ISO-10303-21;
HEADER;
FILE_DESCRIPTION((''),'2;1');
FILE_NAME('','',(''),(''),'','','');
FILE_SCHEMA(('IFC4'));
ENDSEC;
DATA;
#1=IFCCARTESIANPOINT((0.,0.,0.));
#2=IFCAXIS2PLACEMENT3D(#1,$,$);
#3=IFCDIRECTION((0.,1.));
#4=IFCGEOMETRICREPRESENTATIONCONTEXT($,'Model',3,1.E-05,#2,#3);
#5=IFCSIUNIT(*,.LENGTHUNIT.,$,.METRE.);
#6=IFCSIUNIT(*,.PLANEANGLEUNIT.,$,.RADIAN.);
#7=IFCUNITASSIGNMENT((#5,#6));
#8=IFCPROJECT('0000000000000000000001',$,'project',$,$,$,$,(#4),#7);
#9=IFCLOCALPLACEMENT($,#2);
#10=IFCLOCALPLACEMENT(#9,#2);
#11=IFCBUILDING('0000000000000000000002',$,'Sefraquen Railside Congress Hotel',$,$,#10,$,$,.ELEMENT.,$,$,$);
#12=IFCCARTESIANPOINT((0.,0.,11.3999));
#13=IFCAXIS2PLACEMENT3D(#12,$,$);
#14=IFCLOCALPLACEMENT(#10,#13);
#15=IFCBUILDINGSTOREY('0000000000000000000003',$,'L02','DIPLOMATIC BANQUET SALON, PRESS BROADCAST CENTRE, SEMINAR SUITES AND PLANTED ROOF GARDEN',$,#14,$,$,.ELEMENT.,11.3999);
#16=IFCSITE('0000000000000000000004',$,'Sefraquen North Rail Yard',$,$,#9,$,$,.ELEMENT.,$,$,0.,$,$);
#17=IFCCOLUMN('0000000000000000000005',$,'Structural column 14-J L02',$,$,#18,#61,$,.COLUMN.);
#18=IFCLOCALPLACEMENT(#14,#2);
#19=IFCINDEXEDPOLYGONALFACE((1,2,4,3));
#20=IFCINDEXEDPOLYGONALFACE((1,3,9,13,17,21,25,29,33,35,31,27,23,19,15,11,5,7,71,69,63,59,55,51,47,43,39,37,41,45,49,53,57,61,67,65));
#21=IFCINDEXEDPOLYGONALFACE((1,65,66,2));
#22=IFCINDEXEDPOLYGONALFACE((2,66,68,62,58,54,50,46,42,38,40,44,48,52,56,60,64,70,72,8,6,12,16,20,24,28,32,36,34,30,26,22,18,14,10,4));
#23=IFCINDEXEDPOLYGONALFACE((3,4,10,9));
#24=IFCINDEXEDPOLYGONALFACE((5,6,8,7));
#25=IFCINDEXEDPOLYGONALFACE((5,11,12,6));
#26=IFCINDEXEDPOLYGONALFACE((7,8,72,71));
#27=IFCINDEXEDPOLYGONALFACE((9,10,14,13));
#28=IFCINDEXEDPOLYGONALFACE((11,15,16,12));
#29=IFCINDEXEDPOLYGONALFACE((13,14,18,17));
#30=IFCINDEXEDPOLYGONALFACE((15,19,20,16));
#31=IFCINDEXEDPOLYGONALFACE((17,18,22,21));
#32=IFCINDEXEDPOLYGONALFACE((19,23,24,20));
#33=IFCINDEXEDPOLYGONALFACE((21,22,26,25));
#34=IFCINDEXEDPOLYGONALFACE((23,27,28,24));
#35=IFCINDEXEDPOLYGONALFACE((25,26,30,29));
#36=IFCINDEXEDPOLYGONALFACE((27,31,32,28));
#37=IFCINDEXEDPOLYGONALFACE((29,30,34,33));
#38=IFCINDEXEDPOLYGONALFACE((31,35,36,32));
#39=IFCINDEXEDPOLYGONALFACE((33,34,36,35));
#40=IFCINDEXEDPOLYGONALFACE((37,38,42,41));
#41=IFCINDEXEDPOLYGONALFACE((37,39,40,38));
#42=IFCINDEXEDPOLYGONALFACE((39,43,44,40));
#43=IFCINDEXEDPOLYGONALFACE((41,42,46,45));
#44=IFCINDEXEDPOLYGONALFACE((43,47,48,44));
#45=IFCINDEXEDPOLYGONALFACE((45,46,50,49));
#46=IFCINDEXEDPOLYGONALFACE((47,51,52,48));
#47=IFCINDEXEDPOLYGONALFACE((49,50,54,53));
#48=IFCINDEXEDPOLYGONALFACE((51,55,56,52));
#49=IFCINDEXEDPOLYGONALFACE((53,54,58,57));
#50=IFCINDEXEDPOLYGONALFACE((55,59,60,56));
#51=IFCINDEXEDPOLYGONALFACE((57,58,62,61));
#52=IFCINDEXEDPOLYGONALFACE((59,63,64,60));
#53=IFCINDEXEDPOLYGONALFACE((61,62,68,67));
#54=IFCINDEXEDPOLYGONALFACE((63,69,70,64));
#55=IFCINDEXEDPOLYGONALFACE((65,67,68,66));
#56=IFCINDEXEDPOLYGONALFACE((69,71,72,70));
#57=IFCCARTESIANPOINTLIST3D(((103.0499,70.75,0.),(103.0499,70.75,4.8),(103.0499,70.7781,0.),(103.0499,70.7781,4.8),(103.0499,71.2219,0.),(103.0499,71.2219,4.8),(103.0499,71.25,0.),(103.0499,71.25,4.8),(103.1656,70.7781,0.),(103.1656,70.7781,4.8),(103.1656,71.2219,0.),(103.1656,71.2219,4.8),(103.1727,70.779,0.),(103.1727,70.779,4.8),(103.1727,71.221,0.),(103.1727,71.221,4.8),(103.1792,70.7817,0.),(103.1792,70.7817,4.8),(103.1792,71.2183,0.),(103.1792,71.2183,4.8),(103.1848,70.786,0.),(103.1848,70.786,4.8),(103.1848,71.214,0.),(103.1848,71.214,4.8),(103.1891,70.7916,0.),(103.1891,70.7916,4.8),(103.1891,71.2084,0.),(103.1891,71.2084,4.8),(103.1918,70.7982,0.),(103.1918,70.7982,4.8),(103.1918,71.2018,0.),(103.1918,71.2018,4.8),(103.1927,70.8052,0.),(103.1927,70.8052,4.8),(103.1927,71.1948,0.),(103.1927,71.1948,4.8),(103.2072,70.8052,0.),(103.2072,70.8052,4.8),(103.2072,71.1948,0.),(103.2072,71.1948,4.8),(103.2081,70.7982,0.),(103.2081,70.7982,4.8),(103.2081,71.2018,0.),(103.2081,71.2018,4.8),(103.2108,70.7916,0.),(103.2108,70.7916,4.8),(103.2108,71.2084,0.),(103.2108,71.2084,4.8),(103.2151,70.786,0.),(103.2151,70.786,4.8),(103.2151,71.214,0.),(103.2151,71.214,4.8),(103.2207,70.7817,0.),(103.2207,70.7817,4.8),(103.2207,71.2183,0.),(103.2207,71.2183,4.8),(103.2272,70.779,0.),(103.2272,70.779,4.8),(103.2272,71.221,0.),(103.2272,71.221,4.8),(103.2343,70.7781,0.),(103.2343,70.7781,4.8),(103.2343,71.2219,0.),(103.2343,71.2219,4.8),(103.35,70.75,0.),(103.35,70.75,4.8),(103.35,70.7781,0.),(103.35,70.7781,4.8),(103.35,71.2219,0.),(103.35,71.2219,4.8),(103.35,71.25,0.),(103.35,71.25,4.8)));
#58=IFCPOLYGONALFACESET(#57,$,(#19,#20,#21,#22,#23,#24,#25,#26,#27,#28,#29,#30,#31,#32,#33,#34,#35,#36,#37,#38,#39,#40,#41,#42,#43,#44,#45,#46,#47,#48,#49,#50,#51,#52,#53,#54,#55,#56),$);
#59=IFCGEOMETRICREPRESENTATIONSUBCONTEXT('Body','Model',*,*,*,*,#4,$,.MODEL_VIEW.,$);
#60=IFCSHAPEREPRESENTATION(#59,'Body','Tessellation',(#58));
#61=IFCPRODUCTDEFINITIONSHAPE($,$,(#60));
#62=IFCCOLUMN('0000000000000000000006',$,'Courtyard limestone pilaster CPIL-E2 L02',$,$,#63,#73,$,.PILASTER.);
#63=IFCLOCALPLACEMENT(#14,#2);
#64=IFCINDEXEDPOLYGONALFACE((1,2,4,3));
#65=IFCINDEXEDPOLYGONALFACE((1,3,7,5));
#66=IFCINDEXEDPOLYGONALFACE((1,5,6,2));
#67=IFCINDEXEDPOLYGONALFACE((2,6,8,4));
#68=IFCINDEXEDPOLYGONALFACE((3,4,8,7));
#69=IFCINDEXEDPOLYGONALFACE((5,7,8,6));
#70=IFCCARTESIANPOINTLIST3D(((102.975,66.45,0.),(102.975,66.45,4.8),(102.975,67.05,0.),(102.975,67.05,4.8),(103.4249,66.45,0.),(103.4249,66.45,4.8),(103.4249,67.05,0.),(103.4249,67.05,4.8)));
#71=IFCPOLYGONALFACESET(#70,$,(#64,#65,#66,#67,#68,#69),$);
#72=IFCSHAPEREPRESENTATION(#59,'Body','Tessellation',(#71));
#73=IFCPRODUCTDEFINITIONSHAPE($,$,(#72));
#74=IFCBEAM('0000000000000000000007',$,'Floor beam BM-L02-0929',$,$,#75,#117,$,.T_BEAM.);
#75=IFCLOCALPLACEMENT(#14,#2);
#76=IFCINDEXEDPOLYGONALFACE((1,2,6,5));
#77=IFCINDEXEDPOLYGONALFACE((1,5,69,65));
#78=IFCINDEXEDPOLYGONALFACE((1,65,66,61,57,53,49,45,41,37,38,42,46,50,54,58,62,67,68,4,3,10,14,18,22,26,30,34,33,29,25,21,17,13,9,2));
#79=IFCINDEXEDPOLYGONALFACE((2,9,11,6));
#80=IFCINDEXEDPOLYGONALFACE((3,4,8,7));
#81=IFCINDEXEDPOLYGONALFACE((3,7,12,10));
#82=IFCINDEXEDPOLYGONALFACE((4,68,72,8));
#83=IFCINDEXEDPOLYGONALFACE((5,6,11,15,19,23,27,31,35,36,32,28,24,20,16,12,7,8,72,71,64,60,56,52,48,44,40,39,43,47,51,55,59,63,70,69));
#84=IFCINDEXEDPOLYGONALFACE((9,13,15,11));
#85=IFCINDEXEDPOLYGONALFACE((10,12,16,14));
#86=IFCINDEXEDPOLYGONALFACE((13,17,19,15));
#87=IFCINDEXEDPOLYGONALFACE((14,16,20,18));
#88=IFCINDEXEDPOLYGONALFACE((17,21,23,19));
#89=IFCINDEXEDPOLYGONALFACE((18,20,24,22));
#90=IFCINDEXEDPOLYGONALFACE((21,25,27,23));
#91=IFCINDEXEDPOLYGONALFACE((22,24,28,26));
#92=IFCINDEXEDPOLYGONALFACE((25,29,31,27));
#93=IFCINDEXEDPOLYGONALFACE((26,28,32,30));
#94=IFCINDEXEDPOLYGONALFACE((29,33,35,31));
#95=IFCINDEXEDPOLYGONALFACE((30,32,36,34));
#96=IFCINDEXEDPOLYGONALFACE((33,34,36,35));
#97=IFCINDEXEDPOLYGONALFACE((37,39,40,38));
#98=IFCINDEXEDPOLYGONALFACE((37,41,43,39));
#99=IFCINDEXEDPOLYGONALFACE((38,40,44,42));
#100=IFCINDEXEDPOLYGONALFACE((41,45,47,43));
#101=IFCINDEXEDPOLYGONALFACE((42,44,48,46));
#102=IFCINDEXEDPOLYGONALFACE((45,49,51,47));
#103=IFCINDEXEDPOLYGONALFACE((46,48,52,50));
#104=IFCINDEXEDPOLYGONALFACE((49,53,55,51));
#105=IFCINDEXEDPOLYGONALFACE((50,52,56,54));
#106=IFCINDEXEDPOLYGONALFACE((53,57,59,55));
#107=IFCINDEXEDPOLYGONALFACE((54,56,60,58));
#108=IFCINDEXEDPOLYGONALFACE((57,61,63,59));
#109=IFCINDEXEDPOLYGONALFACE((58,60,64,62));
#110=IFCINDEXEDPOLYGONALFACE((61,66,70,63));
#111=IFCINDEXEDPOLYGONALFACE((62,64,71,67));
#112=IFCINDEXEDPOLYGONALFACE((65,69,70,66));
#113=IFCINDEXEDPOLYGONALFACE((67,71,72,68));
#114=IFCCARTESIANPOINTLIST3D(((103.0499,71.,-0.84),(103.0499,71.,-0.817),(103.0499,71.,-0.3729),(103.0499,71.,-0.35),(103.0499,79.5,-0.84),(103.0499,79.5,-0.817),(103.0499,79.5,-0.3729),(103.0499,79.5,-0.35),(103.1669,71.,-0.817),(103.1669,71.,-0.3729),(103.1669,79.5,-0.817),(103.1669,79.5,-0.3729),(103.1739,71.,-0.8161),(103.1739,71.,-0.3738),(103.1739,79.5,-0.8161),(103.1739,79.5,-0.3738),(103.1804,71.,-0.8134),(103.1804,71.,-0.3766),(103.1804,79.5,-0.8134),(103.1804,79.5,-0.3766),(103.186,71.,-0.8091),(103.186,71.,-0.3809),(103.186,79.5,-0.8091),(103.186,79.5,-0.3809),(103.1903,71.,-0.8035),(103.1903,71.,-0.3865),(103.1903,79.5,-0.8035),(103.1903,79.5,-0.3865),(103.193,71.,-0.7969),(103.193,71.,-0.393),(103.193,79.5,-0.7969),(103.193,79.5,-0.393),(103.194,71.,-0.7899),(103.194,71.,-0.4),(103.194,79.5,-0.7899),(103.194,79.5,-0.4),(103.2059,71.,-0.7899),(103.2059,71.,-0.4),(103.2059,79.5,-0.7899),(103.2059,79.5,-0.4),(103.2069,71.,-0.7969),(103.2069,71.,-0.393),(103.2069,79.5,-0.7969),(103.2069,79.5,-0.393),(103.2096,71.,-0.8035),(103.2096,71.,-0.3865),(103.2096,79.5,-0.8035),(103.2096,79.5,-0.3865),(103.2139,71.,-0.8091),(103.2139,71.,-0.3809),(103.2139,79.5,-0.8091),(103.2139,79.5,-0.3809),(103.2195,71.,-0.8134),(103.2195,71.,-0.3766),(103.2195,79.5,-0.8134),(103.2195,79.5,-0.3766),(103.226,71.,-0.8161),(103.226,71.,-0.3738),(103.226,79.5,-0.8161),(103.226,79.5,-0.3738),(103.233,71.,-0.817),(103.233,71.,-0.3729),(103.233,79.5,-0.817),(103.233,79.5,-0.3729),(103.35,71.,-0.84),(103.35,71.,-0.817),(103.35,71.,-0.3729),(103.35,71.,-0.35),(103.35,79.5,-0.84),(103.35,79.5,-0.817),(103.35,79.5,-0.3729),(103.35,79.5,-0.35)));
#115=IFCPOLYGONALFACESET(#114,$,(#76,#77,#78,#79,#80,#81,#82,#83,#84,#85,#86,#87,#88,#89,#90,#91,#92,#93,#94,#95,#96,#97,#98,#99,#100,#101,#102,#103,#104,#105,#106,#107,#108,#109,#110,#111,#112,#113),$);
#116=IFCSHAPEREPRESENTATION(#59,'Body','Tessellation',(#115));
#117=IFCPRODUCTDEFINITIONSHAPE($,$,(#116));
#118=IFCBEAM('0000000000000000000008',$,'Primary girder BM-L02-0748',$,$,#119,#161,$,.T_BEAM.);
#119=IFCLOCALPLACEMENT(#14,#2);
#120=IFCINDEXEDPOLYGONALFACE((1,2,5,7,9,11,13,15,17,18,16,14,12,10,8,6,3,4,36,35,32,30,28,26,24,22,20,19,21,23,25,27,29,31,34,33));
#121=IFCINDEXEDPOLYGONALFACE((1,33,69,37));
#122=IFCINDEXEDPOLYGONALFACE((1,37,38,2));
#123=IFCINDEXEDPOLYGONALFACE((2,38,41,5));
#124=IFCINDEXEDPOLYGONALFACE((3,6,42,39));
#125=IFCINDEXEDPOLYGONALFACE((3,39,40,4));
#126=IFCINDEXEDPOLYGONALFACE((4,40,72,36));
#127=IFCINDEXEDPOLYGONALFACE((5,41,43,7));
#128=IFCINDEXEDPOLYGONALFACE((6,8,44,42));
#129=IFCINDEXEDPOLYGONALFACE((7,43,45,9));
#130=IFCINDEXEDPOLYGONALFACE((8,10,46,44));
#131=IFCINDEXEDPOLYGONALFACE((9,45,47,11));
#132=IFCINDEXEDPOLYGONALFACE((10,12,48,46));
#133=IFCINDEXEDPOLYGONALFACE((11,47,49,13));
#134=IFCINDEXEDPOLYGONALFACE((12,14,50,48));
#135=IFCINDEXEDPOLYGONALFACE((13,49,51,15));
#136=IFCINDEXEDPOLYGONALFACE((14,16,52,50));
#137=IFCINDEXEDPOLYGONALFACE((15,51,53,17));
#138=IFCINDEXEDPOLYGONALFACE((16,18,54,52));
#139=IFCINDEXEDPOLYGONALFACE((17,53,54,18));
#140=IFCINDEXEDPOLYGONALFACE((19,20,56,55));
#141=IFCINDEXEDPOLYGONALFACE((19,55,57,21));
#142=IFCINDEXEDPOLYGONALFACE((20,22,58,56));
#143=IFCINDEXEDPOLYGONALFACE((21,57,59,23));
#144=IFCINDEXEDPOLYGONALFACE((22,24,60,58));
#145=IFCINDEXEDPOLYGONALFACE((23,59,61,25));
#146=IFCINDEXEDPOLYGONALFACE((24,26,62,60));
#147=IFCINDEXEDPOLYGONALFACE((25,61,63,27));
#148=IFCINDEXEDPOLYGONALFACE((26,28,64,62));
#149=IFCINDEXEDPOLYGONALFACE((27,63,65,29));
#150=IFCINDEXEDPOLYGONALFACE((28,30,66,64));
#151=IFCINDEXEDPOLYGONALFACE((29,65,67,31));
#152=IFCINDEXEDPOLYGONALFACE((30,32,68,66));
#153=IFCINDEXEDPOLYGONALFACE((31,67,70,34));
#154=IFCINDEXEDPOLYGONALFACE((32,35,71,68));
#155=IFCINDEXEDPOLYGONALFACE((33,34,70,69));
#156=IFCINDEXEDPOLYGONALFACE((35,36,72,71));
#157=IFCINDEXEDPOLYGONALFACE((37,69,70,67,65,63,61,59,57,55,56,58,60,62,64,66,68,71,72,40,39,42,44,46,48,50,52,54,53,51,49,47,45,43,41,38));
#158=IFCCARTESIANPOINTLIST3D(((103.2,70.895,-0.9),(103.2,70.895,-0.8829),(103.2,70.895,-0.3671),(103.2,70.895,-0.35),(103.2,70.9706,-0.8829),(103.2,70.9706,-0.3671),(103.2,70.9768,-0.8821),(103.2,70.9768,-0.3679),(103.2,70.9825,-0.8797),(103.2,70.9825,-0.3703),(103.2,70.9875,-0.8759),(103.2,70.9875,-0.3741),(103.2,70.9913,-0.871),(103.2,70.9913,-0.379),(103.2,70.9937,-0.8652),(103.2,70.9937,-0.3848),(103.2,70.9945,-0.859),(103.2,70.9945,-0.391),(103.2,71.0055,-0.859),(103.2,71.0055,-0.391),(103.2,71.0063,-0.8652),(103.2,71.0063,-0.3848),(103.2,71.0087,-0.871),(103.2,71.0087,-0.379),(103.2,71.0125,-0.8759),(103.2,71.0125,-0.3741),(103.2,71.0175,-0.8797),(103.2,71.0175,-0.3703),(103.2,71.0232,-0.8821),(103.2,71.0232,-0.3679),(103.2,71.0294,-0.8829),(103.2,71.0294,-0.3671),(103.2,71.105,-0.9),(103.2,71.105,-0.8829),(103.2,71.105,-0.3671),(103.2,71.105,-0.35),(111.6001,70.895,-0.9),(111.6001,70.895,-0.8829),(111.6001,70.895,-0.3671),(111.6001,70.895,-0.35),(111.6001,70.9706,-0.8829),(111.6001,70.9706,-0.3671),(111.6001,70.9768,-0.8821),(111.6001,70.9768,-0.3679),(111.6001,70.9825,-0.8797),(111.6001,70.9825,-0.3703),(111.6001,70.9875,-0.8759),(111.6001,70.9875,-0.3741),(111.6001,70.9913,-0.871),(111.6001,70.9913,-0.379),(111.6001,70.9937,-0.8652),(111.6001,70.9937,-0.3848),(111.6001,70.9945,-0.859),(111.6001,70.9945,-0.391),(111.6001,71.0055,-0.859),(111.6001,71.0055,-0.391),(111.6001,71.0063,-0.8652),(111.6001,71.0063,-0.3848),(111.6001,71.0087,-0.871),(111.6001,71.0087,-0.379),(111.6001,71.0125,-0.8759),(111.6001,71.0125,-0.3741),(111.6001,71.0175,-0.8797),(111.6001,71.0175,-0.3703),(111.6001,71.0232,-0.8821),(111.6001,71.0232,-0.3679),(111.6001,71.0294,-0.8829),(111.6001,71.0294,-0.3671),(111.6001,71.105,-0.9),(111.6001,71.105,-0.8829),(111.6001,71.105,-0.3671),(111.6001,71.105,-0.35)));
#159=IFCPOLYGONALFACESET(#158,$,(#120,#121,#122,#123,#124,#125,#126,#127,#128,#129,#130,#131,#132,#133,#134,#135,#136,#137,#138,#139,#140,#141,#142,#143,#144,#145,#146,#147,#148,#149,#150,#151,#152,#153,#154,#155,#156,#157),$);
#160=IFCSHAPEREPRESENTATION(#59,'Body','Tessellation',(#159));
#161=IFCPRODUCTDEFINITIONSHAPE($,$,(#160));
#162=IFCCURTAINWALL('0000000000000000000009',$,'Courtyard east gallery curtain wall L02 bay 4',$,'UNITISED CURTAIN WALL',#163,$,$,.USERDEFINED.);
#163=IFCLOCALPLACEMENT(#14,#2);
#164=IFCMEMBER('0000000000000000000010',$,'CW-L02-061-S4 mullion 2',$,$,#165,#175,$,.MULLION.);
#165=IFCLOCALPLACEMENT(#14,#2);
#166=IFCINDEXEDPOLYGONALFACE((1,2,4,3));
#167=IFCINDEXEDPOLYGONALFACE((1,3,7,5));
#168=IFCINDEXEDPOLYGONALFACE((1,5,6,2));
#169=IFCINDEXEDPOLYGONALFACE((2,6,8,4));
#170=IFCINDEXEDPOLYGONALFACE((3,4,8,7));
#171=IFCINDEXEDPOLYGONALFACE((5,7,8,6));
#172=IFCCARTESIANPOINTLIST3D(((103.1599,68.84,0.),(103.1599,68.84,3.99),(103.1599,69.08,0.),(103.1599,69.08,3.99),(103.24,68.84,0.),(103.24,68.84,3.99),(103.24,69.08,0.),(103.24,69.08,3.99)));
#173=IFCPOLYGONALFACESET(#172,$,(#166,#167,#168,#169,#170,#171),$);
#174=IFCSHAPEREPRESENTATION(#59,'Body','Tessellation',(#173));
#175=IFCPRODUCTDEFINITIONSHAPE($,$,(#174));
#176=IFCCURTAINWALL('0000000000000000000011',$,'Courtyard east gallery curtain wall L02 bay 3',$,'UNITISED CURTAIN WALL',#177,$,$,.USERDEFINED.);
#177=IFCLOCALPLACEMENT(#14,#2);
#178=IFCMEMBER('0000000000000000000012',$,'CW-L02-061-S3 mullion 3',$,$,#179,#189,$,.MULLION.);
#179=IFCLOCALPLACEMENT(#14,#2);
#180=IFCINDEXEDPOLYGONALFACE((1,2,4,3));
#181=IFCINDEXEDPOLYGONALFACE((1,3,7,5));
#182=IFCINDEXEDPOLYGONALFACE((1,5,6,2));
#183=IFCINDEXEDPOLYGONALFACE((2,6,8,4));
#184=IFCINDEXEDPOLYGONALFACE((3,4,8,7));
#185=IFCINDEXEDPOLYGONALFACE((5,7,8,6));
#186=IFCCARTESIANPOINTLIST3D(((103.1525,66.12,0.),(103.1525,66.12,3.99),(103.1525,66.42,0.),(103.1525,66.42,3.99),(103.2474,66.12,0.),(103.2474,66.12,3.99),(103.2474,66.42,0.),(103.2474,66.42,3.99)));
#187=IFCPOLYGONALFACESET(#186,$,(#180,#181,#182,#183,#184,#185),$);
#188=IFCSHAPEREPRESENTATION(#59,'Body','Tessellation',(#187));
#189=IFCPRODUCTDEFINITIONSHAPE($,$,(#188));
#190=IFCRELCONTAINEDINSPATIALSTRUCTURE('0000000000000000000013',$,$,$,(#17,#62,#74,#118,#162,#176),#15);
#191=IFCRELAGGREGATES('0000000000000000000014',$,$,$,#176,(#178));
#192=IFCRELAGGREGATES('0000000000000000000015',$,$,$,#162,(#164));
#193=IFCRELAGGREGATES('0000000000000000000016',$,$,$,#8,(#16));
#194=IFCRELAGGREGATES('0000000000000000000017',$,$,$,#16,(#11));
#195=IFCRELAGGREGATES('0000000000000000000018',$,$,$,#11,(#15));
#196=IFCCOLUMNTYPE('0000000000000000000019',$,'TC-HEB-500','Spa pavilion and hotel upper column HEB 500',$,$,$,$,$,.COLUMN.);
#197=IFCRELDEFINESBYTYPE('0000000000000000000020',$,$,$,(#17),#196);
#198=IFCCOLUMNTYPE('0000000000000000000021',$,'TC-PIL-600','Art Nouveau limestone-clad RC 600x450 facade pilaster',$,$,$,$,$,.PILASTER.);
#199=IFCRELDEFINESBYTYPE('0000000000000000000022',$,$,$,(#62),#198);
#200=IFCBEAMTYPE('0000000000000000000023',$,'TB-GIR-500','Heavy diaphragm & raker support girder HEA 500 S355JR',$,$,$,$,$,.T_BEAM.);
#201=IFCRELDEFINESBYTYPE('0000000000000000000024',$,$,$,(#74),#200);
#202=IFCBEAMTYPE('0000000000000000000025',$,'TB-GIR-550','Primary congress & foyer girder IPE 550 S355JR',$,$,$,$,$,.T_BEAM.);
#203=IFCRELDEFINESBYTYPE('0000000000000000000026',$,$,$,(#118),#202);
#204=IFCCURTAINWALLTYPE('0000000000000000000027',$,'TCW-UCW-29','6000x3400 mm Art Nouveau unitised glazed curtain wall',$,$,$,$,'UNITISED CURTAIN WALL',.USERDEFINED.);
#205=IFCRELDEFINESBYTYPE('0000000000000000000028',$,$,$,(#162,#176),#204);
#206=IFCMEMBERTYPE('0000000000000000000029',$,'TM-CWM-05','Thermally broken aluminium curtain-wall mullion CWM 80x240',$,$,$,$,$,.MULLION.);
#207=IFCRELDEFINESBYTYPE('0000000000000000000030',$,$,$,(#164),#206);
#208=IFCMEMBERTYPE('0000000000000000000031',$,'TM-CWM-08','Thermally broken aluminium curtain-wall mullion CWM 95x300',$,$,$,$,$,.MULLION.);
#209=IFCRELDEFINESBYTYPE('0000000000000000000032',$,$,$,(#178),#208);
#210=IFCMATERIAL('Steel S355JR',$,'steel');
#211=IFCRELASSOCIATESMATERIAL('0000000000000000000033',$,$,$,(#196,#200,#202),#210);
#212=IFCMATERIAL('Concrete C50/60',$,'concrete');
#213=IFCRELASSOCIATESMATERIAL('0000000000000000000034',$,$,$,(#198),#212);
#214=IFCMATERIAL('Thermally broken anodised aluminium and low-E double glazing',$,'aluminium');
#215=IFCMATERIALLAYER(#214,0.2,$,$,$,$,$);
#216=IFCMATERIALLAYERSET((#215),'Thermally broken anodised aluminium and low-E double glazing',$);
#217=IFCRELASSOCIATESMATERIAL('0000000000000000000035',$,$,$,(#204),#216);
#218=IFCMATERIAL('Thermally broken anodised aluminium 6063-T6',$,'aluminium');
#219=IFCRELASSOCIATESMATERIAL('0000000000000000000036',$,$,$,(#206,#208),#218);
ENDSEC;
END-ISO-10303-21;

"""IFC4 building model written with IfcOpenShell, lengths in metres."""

from ifc_helpers import new_model, si_unit, direction, frame, origin, origin_2d, place, context, subcontext, project, spatial, rectangle, i_section, extrude, material, layer, layer_set, material_profile, profile_set, type_object, element, aggregate, save


model = new_model("IFC4")

# Units and contexts
model_context = context("Model", 3, precision=1e-05, world=origin(), true_north=direction((0.0, 1.0)))
body_context = subcontext(model_context, "Body", "Model", "MODEL_VIEW")
ifc_project = project(units=[si_unit("LENGTHUNIT", "METRE"), si_unit("PLANEANGLEUNIT", "RADIAN")], contexts=[model_context])

# Site, building, storey
site_placement = place(None, origin())
site = spatial("IfcSite", under=ifc_project, at=site_placement, Name="Sefraquen North Rail Yard", CompositionType="ELEMENT", RefElevation=0.0)
building_placement = place(site_placement, origin())
building = spatial("IfcBuilding", under=site, at=building_placement, Name="Sefraquen Railside Congress Hotel", CompositionType="ELEMENT")
storey_placement = place(building_placement, frame((0.0, 0.0, 11.3999)))
storey = spatial("IfcBuildingStorey", under=building, at=storey_placement, Name="L02", Description="DIPLOMATIC BANQUET SALON, PRESS BROADCAST CENTRE, SEMINAR SUITES AND PLANTED ROOF GARDEN", CompositionType="ELEMENT", Elevation=11.3999)

# Columns
ifc_material_1 = material(Name="Steel S355JR", Category="steel")
ifc_material_profile_1 = material_profile(ifc_material_1, i_section(OverallWidth=0.3, OverallDepth=0.5, WebThickness=0.0144, FlangeThickness=0.0281, FilletRadius=0.0271, at=origin_2d()), Name="HEB 500")
ifc_profile_set_1 = profile_set([ifc_material_profile_1], Name="Steel S355JR")
column_type_1 = type_object("IfcColumnType", Name="TC-HEB-500", Description="Spa pavilion and hotel upper column HEB 500", PredefinedType="COLUMN", material=ifc_profile_set_1)
column_1_placement = place(storey_placement, frame((103.2, 71.0, 0.0), z_axis=(0.0, 0.0, 1.0), x_axis=(1.0, 0.0, 0.0)))
element("IfcColumn", 1, at=column_1_placement, inside=storey, type_object=column_type_1, Name="Structural column 14-J L02", PredefinedType="COLUMN", context=body_context, shape_type="SweptSolid", body=[
    extrude(i_section(OverallWidth=0.3, OverallDepth=0.5, WebThickness=0.0144, FlangeThickness=0.0281, FilletRadius=0.0271, at=origin_2d()), origin(), (0.0, 0.0, 1.0), 4.8),
])
ifc_material_2 = material(Name="Concrete C50/60", Category="concrete")
ifc_material_profile_2 = material_profile(ifc_material_2, rectangle(XDim=0.45, YDim=0.6001, at=origin_2d()), Name="RC 600x450")
ifc_profile_set_2 = profile_set([ifc_material_profile_2], Name="Concrete C50/60")
column_type_2 = type_object("IfcColumnType", Name="TC-PIL-600", Description="Art Nouveau limestone-clad RC 600x450 facade pilaster", PredefinedType="PILASTER", material=ifc_profile_set_2)
column_2_placement = place(storey_placement, frame((103.2, 66.75, 0.0), z_axis=(0.0, 0.0, 1.0), x_axis=(1.0, 0.0, 0.0)))
element("IfcColumn", 2, at=column_2_placement, inside=storey, type_object=column_type_2, Name="Courtyard limestone pilaster CPIL-E2 L02", PredefinedType="PILASTER", context=body_context, shape_type="SweptSolid", body=[
    extrude(rectangle(XDim=0.45, YDim=0.6001, at=origin_2d()), origin(), (0.0, 0.0, 1.0), 4.8),
])

# Beams
ifc_material_profile_3 = material_profile(ifc_material_1, i_section(OverallWidth=0.3, OverallDepth=0.49, WebThickness=0.012, FlangeThickness=0.0229, FilletRadius=0.0271, at=origin_2d()), Name="HEA 500")
ifc_profile_set_3 = profile_set([ifc_material_profile_3], Name="Steel S355JR")
beam_type_1 = type_object("IfcBeamType", Name="TB-GIR-500", Description="Heavy diaphragm & raker support girder HEA 500 S355JR", PredefinedType="T_BEAM", material=ifc_profile_set_3)
beam_1_placement = place(storey_placement, frame((103.2, 71.0, -0.595), z_axis=(0.0, 1.0, 0.0), x_axis=(-1.0, 0.0, 0.0)))
element("IfcBeam", 3, at=beam_1_placement, inside=storey, type_object=beam_type_1, Name="Floor beam BM-L02-0929", PredefinedType="T_BEAM", context=body_context, shape_type="SweptSolid", body=[
    extrude(i_section(OverallWidth=0.3, OverallDepth=0.49, WebThickness=0.012, FlangeThickness=0.0229, FilletRadius=0.0271, at=origin_2d()), origin(), (0.0, 0.0, 1.0), 8.5),
])
ifc_material_profile_4 = material_profile(ifc_material_1, i_section(OverallWidth=0.21, OverallDepth=0.55, WebThickness=0.011, FlangeThickness=0.0171, FilletRadius=0.0239, at=origin_2d()), Name="IPE 550")
ifc_profile_set_4 = profile_set([ifc_material_profile_4], Name="Steel S355JR")
beam_type_2 = type_object("IfcBeamType", Name="TB-GIR-550", Description="Primary congress & foyer girder IPE 550 S355JR", PredefinedType="T_BEAM", material=ifc_profile_set_4)
beam_2_placement = place(storey_placement, frame((103.2, 71.0, -0.625), z_axis=(1.0, 0.0, 0.0), x_axis=(0.0, 1.0, 0.0)))
element("IfcBeam", 4, at=beam_2_placement, inside=storey, type_object=beam_type_2, Name="Primary girder BM-L02-0748", PredefinedType="T_BEAM", context=body_context, shape_type="SweptSolid", body=[
    extrude(i_section(OverallWidth=0.21, OverallDepth=0.55, WebThickness=0.011, FlangeThickness=0.0171, FilletRadius=0.0239, at=origin_2d()), origin(), (0.0, 0.0, 1.0), 8.4001),
])

# Curtain walls, members
ifc_material_3 = material(Name="Thermally broken anodised aluminium and low-E double glazing", Category="aluminium")
ifc_layer_1 = layer(ifc_material_3, 0.2)
ifc_layer_set_1 = layer_set([ifc_layer_1], Name="Thermally broken anodised aluminium and low-E double glazing")
curtain_wall_type_1 = type_object("IfcCurtainWallType", Name="TCW-UCW-29", Description="6000x3400 mm Art Nouveau unitised glazed curtain wall", ElementType="UNITISED CURTAIN WALL", PredefinedType="USERDEFINED", material=ifc_layer_set_1)
curtain_wall_1_placement = place(storey_placement, origin())
curtain_wall_1 = element("IfcCurtainWall", 5, at=curtain_wall_1_placement, inside=storey, type_object=curtain_wall_type_1, Name="Courtyard east gallery curtain wall L02 bay 4", ObjectType="UNITISED CURTAIN WALL", PredefinedType="USERDEFINED")
ifc_material_4 = material(Name="Thermally broken anodised aluminium 6063-T6", Category="aluminium")
ifc_material_profile_5 = material_profile(ifc_material_4, rectangle(XDim=0.0801, YDim=0.24, at=origin_2d()), Name="CWM 80x240")
ifc_profile_set_5 = profile_set([ifc_material_profile_5], Name="Thermally broken anodised aluminium 6063-T6")
member_type_1 = type_object("IfcMemberType", Name="TM-CWM-05", Description="Thermally broken aluminium curtain-wall mullion CWM 80x240", PredefinedType="MULLION", material=ifc_profile_set_5)
member_1_placement = place(storey_placement, frame((103.2, 68.96, 0.0), z_axis=(0.0, 0.0, 1.0), x_axis=(1.0, 0.0, 0.0)))
member_1 = element("IfcMember", 6, at=member_1_placement, type_object=member_type_1, Name="CW-L02-061-S4 mullion 2", PredefinedType="MULLION", context=body_context, shape_type="SweptSolid", body=[
    extrude(rectangle(XDim=0.0801, YDim=0.24, at=origin_2d()), origin(), (0.0, 0.0, 1.0), 3.99),
])
curtain_wall_2_placement = place(storey_placement, origin())
curtain_wall_2 = element("IfcCurtainWall", 7, at=curtain_wall_2_placement, inside=storey, type_object=curtain_wall_type_1, Name="Courtyard east gallery curtain wall L02 bay 3", ObjectType="UNITISED CURTAIN WALL", PredefinedType="USERDEFINED")
ifc_material_profile_6 = material_profile(ifc_material_4, rectangle(XDim=0.095, YDim=0.3, at=origin_2d()), Name="CWM 95x300")
ifc_profile_set_6 = profile_set([ifc_material_profile_6], Name="Thermally broken anodised aluminium 6063-T6")
member_type_2 = type_object("IfcMemberType", Name="TM-CWM-08", Description="Thermally broken aluminium curtain-wall mullion CWM 95x300", PredefinedType="MULLION", material=ifc_profile_set_6)
member_2_placement = place(storey_placement, frame((103.2, 66.27, 0.0), z_axis=(0.0, 0.0, 1.0), x_axis=(1.0, 0.0, 0.0)))
member_2 = element("IfcMember", 8, at=member_2_placement, type_object=member_type_2, Name="CW-L02-061-S3 mullion 3", PredefinedType="MULLION", context=body_context, shape_type="SweptSolid", body=[
    extrude(rectangle(XDim=0.095, YDim=0.3, at=origin_2d()), origin(), (0.0, 0.0, 1.0), 3.99),
])

aggregate(curtain_wall_2, [member_2])
aggregate(curtain_wall_1, [member_1])

save(model, "model.ifc")
